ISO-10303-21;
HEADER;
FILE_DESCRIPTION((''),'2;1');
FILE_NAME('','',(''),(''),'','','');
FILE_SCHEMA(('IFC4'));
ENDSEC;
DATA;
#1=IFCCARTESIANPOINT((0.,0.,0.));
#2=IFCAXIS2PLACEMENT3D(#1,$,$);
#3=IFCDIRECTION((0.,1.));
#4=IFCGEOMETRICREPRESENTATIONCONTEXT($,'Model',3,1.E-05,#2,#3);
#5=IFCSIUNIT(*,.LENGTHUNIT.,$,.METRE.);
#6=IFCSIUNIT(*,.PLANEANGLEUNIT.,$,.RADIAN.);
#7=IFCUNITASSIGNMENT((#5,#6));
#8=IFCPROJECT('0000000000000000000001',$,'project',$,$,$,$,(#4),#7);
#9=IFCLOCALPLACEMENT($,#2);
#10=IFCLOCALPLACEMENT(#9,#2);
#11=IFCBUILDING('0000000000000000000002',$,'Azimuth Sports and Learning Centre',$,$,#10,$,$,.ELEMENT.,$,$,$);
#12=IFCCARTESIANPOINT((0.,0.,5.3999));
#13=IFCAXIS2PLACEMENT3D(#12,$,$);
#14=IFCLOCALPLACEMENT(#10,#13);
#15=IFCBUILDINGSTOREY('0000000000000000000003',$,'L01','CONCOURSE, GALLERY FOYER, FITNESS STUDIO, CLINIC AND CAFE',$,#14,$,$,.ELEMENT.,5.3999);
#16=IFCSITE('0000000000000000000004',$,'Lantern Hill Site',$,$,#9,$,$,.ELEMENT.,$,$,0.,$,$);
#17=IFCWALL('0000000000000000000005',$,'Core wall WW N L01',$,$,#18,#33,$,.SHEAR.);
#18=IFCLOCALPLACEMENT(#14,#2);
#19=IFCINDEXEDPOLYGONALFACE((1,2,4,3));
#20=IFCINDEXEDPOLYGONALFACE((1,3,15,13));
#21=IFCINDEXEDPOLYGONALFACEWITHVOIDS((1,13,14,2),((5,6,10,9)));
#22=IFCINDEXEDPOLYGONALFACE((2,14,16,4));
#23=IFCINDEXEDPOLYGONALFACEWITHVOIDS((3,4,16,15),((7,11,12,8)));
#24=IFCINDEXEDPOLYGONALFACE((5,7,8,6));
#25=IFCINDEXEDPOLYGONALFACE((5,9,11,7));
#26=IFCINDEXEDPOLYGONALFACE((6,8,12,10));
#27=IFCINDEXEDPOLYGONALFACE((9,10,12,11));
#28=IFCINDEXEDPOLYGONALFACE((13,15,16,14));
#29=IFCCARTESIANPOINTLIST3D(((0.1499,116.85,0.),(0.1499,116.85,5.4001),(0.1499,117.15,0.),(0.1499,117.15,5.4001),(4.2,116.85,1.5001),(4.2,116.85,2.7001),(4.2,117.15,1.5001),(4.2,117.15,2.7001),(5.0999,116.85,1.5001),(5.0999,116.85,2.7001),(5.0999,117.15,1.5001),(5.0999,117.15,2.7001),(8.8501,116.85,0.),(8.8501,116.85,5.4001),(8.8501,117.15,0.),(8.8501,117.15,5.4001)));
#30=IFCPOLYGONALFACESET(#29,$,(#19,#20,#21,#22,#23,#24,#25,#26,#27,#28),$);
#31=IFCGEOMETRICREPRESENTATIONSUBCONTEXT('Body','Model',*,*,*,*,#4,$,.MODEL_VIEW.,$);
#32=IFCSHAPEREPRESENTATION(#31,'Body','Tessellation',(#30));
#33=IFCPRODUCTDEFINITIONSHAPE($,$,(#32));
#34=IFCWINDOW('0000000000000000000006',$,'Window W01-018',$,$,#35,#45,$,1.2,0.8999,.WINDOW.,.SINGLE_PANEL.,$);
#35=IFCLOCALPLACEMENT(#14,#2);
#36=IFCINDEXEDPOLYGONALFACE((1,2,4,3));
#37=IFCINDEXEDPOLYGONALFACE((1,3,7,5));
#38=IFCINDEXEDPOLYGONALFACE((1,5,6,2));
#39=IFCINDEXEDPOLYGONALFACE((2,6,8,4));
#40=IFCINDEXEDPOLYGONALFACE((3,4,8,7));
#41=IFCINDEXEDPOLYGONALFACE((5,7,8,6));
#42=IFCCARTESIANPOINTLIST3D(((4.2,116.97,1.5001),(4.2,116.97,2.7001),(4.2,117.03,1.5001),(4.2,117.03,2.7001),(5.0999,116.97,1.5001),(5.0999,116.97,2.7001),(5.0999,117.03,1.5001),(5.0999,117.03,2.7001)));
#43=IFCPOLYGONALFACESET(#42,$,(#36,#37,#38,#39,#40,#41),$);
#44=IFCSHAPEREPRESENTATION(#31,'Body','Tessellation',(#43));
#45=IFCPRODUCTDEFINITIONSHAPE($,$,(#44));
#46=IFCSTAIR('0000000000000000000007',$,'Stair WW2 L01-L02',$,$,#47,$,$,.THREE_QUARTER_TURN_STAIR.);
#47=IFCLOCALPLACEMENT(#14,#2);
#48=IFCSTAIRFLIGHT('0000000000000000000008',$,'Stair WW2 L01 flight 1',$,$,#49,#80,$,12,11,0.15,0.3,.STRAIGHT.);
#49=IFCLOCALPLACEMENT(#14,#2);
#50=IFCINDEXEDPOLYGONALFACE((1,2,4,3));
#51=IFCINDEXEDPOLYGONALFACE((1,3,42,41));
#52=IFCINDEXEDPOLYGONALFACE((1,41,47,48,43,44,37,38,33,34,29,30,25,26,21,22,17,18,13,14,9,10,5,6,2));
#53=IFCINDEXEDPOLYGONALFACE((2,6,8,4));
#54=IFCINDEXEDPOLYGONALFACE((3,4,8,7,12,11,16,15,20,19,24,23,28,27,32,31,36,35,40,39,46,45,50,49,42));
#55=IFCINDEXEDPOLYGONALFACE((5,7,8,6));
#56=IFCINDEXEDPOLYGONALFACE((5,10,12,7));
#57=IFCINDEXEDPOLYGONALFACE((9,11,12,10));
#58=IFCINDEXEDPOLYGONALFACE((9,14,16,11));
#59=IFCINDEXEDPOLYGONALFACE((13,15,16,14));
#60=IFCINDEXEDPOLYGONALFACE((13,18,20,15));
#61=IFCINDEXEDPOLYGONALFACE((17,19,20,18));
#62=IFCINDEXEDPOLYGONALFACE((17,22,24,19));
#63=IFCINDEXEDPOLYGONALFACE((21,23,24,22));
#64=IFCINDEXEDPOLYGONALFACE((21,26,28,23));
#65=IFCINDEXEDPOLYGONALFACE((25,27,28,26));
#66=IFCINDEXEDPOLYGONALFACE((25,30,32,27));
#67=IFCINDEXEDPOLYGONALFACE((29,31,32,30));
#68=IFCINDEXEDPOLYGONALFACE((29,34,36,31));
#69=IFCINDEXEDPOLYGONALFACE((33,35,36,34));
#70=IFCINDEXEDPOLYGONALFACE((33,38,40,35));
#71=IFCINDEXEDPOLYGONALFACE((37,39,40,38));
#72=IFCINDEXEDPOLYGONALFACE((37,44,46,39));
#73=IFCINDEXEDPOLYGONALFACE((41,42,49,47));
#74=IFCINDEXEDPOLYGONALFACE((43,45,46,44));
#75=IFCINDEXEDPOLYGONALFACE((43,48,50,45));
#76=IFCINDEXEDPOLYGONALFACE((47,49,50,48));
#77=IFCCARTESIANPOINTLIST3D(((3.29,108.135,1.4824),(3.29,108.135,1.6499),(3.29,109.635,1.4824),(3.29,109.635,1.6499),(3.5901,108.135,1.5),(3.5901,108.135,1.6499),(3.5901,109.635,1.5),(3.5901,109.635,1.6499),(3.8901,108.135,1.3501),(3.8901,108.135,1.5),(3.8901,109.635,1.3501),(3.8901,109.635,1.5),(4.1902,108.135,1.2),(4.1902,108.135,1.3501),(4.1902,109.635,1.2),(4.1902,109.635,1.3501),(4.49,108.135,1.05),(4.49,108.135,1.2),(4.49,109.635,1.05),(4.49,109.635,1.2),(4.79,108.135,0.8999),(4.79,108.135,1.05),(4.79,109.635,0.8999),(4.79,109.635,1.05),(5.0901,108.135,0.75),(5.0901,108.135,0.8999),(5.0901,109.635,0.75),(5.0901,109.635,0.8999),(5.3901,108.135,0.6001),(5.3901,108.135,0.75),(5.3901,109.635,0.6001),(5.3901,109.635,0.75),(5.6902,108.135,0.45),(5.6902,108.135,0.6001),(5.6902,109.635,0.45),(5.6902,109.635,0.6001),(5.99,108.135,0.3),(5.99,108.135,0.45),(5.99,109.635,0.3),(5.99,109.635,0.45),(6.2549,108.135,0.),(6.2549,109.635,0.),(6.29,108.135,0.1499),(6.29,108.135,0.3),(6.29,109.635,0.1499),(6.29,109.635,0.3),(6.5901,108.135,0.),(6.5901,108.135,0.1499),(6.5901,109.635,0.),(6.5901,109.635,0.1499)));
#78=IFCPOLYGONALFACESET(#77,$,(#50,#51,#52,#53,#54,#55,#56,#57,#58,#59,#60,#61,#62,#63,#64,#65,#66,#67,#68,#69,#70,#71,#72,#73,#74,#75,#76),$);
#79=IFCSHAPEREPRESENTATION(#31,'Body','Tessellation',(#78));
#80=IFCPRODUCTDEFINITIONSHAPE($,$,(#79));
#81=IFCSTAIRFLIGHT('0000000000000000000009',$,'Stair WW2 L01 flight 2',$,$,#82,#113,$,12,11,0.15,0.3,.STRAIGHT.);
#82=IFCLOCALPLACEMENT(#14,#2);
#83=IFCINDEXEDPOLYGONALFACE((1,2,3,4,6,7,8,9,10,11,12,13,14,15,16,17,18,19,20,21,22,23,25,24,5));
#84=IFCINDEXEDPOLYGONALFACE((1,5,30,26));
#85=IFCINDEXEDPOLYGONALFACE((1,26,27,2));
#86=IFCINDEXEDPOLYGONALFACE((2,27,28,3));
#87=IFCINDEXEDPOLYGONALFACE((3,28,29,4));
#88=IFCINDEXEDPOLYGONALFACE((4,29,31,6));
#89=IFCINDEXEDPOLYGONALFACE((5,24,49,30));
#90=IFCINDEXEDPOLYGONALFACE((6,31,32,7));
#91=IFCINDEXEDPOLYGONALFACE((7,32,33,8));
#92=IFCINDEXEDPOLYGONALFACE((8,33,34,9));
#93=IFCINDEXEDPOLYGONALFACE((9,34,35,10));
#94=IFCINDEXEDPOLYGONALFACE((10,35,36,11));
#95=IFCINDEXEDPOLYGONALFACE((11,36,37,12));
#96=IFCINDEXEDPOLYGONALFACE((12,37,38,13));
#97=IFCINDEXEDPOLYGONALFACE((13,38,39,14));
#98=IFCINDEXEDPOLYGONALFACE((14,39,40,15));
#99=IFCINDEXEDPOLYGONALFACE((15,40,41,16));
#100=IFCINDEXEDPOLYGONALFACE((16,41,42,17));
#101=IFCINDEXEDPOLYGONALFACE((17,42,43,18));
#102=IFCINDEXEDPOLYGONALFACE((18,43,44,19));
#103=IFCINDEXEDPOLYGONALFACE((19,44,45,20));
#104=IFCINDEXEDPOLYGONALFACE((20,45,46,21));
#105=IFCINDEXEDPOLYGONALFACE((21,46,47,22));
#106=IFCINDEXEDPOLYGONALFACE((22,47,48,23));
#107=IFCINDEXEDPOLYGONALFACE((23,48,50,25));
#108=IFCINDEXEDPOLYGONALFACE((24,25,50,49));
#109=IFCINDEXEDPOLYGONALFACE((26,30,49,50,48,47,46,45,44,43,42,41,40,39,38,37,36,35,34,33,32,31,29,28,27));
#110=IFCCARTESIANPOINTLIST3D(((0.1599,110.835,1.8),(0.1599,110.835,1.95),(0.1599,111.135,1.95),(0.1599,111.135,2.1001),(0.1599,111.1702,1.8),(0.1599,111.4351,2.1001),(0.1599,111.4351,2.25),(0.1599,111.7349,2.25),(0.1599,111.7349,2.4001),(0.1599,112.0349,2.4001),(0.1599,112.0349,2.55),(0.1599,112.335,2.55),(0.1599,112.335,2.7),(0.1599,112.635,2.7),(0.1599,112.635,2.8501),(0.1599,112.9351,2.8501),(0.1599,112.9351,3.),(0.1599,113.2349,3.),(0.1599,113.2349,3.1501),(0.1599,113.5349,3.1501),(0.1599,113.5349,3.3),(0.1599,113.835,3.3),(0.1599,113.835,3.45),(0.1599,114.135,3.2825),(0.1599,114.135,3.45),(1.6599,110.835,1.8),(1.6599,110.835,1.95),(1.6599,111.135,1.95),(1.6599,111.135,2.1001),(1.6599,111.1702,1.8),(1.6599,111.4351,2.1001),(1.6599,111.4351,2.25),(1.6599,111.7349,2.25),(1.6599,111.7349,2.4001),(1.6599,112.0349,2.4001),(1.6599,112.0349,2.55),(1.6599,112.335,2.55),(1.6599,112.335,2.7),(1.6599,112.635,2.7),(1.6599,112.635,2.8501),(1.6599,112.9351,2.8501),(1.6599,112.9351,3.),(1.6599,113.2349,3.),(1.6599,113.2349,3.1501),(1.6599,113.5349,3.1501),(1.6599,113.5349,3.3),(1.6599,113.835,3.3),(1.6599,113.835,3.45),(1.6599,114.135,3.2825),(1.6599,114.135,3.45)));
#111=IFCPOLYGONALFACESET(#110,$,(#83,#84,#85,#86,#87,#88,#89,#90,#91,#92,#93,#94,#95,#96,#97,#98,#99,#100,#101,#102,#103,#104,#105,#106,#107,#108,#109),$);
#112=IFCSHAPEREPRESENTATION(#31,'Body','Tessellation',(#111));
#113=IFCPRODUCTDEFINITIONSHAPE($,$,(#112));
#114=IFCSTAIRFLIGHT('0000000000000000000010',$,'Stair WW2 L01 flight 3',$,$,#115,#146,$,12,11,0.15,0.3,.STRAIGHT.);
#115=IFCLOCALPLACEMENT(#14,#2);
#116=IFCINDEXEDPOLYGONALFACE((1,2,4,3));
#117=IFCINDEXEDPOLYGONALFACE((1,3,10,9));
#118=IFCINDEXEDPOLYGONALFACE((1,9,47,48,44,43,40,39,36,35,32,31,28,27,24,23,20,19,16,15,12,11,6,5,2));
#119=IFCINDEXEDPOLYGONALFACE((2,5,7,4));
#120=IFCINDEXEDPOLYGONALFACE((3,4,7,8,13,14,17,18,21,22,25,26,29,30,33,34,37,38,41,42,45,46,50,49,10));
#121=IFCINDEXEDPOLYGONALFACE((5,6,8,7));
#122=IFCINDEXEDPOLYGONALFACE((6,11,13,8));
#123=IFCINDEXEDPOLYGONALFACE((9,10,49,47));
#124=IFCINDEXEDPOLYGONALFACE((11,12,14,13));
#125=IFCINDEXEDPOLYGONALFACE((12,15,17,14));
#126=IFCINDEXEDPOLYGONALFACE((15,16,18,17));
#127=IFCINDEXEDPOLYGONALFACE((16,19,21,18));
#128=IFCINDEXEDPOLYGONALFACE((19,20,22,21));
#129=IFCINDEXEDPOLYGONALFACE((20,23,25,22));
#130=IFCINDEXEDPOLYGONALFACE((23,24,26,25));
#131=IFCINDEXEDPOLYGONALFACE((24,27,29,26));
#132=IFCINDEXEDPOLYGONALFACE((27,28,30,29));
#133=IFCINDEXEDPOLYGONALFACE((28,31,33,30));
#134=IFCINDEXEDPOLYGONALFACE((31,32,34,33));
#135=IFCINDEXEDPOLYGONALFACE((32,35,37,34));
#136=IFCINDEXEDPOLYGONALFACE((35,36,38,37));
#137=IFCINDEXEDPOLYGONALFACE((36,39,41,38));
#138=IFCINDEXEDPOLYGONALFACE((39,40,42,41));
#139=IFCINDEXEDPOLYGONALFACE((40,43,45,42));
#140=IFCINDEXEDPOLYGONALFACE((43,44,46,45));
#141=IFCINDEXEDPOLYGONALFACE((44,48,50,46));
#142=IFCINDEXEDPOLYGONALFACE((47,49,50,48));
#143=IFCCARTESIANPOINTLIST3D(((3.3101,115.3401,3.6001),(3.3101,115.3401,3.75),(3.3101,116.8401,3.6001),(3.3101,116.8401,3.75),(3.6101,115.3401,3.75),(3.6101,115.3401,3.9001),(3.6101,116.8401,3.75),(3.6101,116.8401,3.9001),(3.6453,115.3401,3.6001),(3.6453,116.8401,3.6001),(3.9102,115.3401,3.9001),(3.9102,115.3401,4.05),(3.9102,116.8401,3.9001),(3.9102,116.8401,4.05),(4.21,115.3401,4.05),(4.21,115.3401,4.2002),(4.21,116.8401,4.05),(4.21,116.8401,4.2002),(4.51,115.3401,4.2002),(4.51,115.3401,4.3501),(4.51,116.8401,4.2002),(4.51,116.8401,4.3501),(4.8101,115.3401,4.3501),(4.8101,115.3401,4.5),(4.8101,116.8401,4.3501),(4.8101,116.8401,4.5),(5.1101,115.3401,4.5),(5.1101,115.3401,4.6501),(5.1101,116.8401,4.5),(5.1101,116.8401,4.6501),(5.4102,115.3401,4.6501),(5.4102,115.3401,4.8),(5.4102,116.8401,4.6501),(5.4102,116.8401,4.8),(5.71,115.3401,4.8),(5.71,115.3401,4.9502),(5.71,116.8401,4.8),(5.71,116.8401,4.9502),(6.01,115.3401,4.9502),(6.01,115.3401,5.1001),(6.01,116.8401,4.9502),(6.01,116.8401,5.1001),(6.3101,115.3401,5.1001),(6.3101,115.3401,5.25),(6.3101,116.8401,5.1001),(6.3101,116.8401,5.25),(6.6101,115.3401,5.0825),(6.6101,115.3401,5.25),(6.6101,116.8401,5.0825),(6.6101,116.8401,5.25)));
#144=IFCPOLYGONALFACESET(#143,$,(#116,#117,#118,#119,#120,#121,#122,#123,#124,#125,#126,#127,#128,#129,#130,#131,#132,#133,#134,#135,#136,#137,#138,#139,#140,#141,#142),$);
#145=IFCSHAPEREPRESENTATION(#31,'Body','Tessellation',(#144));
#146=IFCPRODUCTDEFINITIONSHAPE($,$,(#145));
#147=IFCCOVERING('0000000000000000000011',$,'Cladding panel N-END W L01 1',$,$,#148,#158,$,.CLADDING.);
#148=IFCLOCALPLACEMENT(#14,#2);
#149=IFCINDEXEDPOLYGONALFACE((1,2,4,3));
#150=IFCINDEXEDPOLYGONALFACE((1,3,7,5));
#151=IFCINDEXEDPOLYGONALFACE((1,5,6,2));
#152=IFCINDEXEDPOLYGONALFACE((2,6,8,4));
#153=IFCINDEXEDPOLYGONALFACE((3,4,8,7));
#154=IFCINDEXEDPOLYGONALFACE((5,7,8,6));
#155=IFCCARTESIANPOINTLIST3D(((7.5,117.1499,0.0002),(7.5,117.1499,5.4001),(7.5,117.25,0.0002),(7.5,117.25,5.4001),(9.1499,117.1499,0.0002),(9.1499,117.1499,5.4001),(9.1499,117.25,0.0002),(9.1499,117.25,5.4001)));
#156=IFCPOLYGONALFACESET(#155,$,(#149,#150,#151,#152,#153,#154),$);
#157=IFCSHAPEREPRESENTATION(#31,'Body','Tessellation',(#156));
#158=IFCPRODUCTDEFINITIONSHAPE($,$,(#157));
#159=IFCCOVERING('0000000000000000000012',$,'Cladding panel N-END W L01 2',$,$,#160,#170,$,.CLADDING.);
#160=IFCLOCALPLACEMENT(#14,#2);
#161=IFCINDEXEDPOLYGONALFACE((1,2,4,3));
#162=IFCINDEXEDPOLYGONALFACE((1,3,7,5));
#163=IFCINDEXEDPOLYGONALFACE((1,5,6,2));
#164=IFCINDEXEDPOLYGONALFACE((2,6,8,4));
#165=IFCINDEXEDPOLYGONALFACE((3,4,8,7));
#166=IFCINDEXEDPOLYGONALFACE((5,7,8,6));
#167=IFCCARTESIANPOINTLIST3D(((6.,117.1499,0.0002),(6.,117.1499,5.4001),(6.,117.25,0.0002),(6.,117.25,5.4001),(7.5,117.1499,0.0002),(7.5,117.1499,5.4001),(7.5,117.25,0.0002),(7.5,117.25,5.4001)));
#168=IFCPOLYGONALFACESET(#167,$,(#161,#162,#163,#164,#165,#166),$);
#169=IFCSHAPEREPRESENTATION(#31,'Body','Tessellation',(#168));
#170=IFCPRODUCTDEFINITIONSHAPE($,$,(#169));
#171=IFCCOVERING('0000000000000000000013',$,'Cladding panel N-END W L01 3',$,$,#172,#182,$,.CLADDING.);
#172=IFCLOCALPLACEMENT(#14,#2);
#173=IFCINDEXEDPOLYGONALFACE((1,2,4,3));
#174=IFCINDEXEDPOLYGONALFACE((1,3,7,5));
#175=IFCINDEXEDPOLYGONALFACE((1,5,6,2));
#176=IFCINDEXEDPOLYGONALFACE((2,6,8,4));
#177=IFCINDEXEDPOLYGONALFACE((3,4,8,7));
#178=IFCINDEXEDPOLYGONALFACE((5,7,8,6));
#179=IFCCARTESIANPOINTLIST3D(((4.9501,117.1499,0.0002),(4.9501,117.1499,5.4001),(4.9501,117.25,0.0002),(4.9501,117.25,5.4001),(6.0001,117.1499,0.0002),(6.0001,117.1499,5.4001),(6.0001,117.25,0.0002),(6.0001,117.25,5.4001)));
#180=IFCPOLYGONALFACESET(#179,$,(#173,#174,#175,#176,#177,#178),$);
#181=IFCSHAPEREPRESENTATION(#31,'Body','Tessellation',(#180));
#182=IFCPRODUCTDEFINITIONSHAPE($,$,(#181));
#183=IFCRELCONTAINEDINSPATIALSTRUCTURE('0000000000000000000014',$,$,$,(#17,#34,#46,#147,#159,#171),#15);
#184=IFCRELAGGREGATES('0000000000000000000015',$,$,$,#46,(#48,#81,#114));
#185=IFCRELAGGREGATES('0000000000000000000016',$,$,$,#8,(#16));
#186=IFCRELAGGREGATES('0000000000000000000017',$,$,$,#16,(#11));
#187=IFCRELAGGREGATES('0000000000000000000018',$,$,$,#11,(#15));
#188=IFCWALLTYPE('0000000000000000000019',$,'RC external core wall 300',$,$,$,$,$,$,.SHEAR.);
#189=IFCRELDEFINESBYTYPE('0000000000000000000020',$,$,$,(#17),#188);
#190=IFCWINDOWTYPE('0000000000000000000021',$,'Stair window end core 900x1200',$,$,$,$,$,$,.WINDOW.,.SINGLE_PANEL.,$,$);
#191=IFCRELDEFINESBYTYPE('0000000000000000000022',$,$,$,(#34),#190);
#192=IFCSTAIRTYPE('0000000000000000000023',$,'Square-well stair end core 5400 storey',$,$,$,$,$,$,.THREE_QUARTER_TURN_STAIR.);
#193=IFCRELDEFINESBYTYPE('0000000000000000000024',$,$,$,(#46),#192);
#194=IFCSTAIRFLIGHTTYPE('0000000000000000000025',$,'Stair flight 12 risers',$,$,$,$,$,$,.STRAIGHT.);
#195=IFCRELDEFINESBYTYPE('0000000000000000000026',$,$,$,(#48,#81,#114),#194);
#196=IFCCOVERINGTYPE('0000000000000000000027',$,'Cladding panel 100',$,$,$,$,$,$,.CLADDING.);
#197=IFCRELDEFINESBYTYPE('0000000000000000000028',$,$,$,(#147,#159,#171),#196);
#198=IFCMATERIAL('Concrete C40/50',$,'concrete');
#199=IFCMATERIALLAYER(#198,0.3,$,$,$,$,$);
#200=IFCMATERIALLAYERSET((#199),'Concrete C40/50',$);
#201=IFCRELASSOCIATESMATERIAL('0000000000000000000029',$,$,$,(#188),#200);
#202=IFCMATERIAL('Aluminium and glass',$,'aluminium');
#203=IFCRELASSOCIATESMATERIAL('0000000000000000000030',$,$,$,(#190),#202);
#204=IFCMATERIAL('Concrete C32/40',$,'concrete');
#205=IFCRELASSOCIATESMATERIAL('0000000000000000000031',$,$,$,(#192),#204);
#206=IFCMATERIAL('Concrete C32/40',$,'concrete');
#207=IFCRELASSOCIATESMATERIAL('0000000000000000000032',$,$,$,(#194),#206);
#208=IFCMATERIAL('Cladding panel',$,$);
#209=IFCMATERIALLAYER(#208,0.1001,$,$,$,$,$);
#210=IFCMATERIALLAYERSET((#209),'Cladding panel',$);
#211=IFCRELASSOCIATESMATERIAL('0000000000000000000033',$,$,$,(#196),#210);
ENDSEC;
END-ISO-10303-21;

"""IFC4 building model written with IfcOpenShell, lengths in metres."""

from ifc_helpers import new_model, si_unit, direction, frame, frame_2d, origin, origin_2d, place, context, subcontext, project, spatial, polyline, rectangle, outline, extrude, material, layer, layer_set, type_object, element, fill, aggregate, save


model = new_model("IFC4")

# Units and contexts
model_context = context("Model", 3, precision=1e-05, world=origin(), true_north=direction((0.0, 1.0)))
body_context = subcontext(model_context, "Body", "Model", "MODEL_VIEW")
ifc_project = project(units=[si_unit("LENGTHUNIT", "METRE"), si_unit("PLANEANGLEUNIT", "RADIAN")], contexts=[model_context])

# Site, building, storey
site_placement = place(None, origin())
site = spatial("IfcSite", under=ifc_project, at=site_placement, Name="Lantern Hill Site", CompositionType="ELEMENT", RefElevation=0.0)
building_placement = place(site_placement, origin())
building = spatial("IfcBuilding", under=site, at=building_placement, Name="Azimuth Sports and Learning Centre", CompositionType="ELEMENT")
storey_placement = place(building_placement, frame((0.0, 0.0, 5.3999)))
storey = spatial("IfcBuildingStorey", under=building, at=storey_placement, Name="L01", Description="CONCOURSE, GALLERY FOYER, FITNESS STUDIO, CLINIC AND CAFE", CompositionType="ELEMENT", Elevation=5.3999)

# Wall, opening, window
ifc_material_1 = material(Name="Concrete C40/50", Category="concrete")
ifc_layer_1 = layer(ifc_material_1, 0.3)
ifc_layer_set_1 = layer_set([ifc_layer_1], Name="Concrete C40/50")
wall_type = type_object("IfcWallType", Name="RC external core wall 300", PredefinedType="SHEAR", material=ifc_layer_set_1)
wall_placement = place(storey_placement, frame((0.1499, 117.0, 0.0), z_axis=(0.0, 0.0, 1.0), x_axis=(1.0, 0.0, 0.0)))
wall = element("IfcWall", 1, at=wall_placement, inside=storey, type_object=wall_type, Name="Core wall WW N L01", PredefinedType="SHEAR", context=body_context, shape_type="SweptSolid", body=[
    extrude(rectangle(XDim=8.7002, YDim=0.3, at=frame_2d((4.3501, 0.0))), origin(), (0.0, 0.0, 1.0), 5.4001),
])
opening_placement = place(wall_placement, frame((4.05, 0.0, 1.5)))
opening = element("IfcOpeningElement", 2, at=opening_placement, cuts=wall, PredefinedType="OPENING", context=body_context, shape_type="SweptSolid", body=[
    extrude(rectangle(XDim=0.8999, YDim=1.2, at=frame_2d((0.45, 0.6001))), frame((0.0, 0.1611, 0.0), z_axis=(0.0, -1.0, 0.0), x_axis=(1.0, 0.0, 0.0)), (0.0, 0.0, 1.0), 0.322),
])
ifc_material_2 = material(Name="Aluminium and glass", Category="aluminium")
window_type = type_object("IfcWindowType", Name="Stair window end core 900x1200", PartitioningType="SINGLE_PANEL", PredefinedType="WINDOW", material=ifc_material_2)
window_placement = place(opening_placement, origin())
window = element("IfcWindow", 3, at=window_placement, inside=storey, type_object=window_type, Name="Window W01-018", OverallHeight=1.2, OverallWidth=0.8999, PartitioningType="SINGLE_PANEL", PredefinedType="WINDOW", context=body_context, shape_type="SweptSolid", body=[
    extrude(rectangle(XDim=0.8999, YDim=1.2, at=frame_2d((0.45, 0.6001))), frame((0.0, 0.03, 0.0), z_axis=(0.0, -1.0, 0.0), x_axis=(1.0, 0.0, 0.0)), (0.0, 0.0, 1.0), 0.0601),
])
fill(opening, window)

# Stair, stair flights
ifc_material_3 = material(Name="Concrete C32/40", Category="concrete")
stair_type = type_object("IfcStairType", Name="Square-well stair end core 5400 storey", PredefinedType="THREE_QUARTER_TURN_STAIR", material=ifc_material_3)
stair_placement = place(storey_placement, origin())
stair = element("IfcStair", 4, at=stair_placement, inside=storey, type_object=stair_type, Name="Stair WW2 L01-L02", PredefinedType="THREE_QUARTER_TURN_STAIR")
ifc_material_4 = material(Name="Concrete C32/40", Category="concrete")
stair_flight_type = type_object("IfcStairFlightType", Name="Stair flight 12 risers", PredefinedType="STRAIGHT", material=ifc_material_4)
stair_flight_1_placement = place(storey_placement, frame((6.5901, 108.885, 0.0), z_axis=(0.0, 0.0, 1.0), x_axis=(-1.0, 0.0, 0.0)))
stair_flight_1 = element("IfcStairFlight", 5, at=stair_flight_1_placement, type_object=stair_flight_type, Name="Stair WW2 L01 flight 1", NumberOfRisers=12, NumberOfTreads=11, PredefinedType="STRAIGHT", RiserHeight=0.15, TreadLength=0.3, context=body_context, shape_type="SweptSolid", body=[
    extrude(outline(polyline([(0.0, 0.0), (0.0, 0.1499), (0.3, 0.1499), (0.3, 0.3), (0.6001, 0.3), (0.6001, 0.45), (0.8999, 0.45), (0.8999, 0.6001), (1.2, 0.6001), (1.2, 0.75), (1.5, 0.75), (1.5, 0.8999), (1.8, 0.8999), (1.8, 1.05), (2.1001, 1.05), (2.1001, 1.2), (2.3999, 1.2), (2.3999, 1.3501), (2.7, 1.3501), (2.7, 1.5), (3.0, 1.5), (3.0, 1.6499), (3.3, 1.6499), (3.3, 1.8), (3.3, 1.4824), (0.3352, 0.0), (0.0, 0.0)])), frame((0.0, 0.75, 0.0), z_axis=(0.0, -1.0, 0.0), x_axis=(1.0, 0.0, 0.0)), (0.0, 0.0, 1.0), 1.5),
])
stair_flight_2_placement = place(storey_placement, frame((0.9099, 110.835, 1.8), z_axis=(0.0, 0.0, 1.0), x_axis=(0.0, 1.0, 0.0)))
stair_flight_2 = element("IfcStairFlight", 6, at=stair_flight_2_placement, type_object=stair_flight_type, Name="Stair WW2 L01 flight 2", NumberOfRisers=12, NumberOfTreads=11, PredefinedType="STRAIGHT", RiserHeight=0.15, TreadLength=0.3, context=body_context, shape_type="SweptSolid", body=[
    extrude(outline(polyline([(0.0, 0.0), (0.0, 0.1499), (0.3, 0.1499), (0.3, 0.3), (0.6001, 0.3), (0.6001, 0.45), (0.8999, 0.45), (0.8999, 0.6001), (1.2, 0.6001), (1.2, 0.75), (1.5, 0.75), (1.5, 0.8999), (1.8, 0.8999), (1.8, 1.05), (2.1001, 1.05), (2.1001, 1.2), (2.3999, 1.2), (2.3999, 1.3501), (2.7, 1.3501), (2.7, 1.5), (3.0, 1.5), (3.0, 1.6499), (3.3, 1.6499), (3.3, 1.8), (3.3, 1.4824), (0.3352, 0.0), (0.0, 0.0)])), frame((0.0, 0.75, 0.0), z_axis=(0.0, -1.0, 0.0), x_axis=(1.0, 0.0, 0.0)), (0.0, 0.0, 1.0), 1.5),
])
stair_flight_3_placement = place(storey_placement, frame((3.3101, 116.0901, 3.6001), z_axis=(0.0, 0.0, 1.0), x_axis=(1.0, 0.0, 0.0)))
stair_flight_3 = element("IfcStairFlight", 7, at=stair_flight_3_placement, type_object=stair_flight_type, Name="Stair WW2 L01 flight 3", NumberOfRisers=12, NumberOfTreads=11, PredefinedType="STRAIGHT", RiserHeight=0.15, TreadLength=0.3, context=body_context, shape_type="SweptSolid", body=[
    extrude(outline(polyline([(0.0, 0.0), (0.0, 0.1499), (0.3, 0.1499), (0.3, 0.3), (0.6001, 0.3), (0.6001, 0.45), (0.8999, 0.45), (0.8999, 0.6001), (1.2, 0.6001), (1.2, 0.75), (1.5, 0.75), (1.5, 0.8999), (1.8, 0.8999), (1.8, 1.05), (2.1001, 1.05), (2.1001, 1.2), (2.3999, 1.2), (2.3999, 1.3501), (2.7, 1.3501), (2.7, 1.5), (3.0, 1.5), (3.0, 1.6499), (3.3, 1.6499), (3.3, 1.8), (3.3, 1.4824), (0.3352, 0.0), (0.0, 0.0)])), frame((0.0, 0.75, 0.0), z_axis=(0.0, -1.0, 0.0), x_axis=(1.0, 0.0, 0.0)), (0.0, 0.0, 1.0), 1.5),
])
aggregate(stair, [stair_flight_1, stair_flight_2, stair_flight_3])

# Coverings
ifc_material_5 = material(Name="Cladding panel")
ifc_layer_2 = layer(ifc_material_5, 0.1001)
ifc_layer_set_2 = layer_set([ifc_layer_2], Name="Cladding panel")
covering_type = type_object("IfcCoveringType", Name="Cladding panel 100", PredefinedType="CLADDING", material=ifc_layer_set_2)
covering_1_placement = place(storey_placement, frame((8.325, 117.2, 0.0002), z_axis=(0.0, 0.0, 1.0), x_axis=(-1.0, 0.0, 0.0)))
element("IfcCovering", 8, at=covering_1_placement, inside=storey, type_object=covering_type, Name="Cladding panel N-END W L01 1", PredefinedType="CLADDING", context=body_context, shape_type="SweptSolid", body=[
    extrude(rectangle(XDim=1.6499, YDim=0.1001, at=origin_2d()), origin(), (0.0, 0.0, 1.0), 5.3999),
])
covering_2_placement = place(storey_placement, frame((6.75, 117.2, 0.0002), z_axis=(0.0, 0.0, 1.0), x_axis=(-1.0, 0.0, 0.0)))
element("IfcCovering", 9, at=covering_2_placement, inside=storey, type_object=covering_type, Name="Cladding panel N-END W L01 2", PredefinedType="CLADDING", context=body_context, shape_type="SweptSolid", body=[
    extrude(rectangle(XDim=1.5, YDim=0.1001, at=origin_2d()), origin(), (0.0, 0.0, 1.0), 5.3999),
])
covering_3_placement = place(storey_placement, frame((5.4751, 117.2, 0.0002), z_axis=(0.0, 0.0, 1.0), x_axis=(-1.0, 0.0, 0.0)))
element("IfcCovering", 10, at=covering_3_placement, inside=storey, type_object=covering_type, Name="Cladding panel N-END W L01 3", PredefinedType="CLADDING", context=body_context, shape_type="SweptSolid", body=[
    extrude(rectangle(XDim=1.05, YDim=0.1001, at=origin_2d()), origin(), (0.0, 0.0, 1.0), 5.3999),
])

save(model, "model.ifc")
